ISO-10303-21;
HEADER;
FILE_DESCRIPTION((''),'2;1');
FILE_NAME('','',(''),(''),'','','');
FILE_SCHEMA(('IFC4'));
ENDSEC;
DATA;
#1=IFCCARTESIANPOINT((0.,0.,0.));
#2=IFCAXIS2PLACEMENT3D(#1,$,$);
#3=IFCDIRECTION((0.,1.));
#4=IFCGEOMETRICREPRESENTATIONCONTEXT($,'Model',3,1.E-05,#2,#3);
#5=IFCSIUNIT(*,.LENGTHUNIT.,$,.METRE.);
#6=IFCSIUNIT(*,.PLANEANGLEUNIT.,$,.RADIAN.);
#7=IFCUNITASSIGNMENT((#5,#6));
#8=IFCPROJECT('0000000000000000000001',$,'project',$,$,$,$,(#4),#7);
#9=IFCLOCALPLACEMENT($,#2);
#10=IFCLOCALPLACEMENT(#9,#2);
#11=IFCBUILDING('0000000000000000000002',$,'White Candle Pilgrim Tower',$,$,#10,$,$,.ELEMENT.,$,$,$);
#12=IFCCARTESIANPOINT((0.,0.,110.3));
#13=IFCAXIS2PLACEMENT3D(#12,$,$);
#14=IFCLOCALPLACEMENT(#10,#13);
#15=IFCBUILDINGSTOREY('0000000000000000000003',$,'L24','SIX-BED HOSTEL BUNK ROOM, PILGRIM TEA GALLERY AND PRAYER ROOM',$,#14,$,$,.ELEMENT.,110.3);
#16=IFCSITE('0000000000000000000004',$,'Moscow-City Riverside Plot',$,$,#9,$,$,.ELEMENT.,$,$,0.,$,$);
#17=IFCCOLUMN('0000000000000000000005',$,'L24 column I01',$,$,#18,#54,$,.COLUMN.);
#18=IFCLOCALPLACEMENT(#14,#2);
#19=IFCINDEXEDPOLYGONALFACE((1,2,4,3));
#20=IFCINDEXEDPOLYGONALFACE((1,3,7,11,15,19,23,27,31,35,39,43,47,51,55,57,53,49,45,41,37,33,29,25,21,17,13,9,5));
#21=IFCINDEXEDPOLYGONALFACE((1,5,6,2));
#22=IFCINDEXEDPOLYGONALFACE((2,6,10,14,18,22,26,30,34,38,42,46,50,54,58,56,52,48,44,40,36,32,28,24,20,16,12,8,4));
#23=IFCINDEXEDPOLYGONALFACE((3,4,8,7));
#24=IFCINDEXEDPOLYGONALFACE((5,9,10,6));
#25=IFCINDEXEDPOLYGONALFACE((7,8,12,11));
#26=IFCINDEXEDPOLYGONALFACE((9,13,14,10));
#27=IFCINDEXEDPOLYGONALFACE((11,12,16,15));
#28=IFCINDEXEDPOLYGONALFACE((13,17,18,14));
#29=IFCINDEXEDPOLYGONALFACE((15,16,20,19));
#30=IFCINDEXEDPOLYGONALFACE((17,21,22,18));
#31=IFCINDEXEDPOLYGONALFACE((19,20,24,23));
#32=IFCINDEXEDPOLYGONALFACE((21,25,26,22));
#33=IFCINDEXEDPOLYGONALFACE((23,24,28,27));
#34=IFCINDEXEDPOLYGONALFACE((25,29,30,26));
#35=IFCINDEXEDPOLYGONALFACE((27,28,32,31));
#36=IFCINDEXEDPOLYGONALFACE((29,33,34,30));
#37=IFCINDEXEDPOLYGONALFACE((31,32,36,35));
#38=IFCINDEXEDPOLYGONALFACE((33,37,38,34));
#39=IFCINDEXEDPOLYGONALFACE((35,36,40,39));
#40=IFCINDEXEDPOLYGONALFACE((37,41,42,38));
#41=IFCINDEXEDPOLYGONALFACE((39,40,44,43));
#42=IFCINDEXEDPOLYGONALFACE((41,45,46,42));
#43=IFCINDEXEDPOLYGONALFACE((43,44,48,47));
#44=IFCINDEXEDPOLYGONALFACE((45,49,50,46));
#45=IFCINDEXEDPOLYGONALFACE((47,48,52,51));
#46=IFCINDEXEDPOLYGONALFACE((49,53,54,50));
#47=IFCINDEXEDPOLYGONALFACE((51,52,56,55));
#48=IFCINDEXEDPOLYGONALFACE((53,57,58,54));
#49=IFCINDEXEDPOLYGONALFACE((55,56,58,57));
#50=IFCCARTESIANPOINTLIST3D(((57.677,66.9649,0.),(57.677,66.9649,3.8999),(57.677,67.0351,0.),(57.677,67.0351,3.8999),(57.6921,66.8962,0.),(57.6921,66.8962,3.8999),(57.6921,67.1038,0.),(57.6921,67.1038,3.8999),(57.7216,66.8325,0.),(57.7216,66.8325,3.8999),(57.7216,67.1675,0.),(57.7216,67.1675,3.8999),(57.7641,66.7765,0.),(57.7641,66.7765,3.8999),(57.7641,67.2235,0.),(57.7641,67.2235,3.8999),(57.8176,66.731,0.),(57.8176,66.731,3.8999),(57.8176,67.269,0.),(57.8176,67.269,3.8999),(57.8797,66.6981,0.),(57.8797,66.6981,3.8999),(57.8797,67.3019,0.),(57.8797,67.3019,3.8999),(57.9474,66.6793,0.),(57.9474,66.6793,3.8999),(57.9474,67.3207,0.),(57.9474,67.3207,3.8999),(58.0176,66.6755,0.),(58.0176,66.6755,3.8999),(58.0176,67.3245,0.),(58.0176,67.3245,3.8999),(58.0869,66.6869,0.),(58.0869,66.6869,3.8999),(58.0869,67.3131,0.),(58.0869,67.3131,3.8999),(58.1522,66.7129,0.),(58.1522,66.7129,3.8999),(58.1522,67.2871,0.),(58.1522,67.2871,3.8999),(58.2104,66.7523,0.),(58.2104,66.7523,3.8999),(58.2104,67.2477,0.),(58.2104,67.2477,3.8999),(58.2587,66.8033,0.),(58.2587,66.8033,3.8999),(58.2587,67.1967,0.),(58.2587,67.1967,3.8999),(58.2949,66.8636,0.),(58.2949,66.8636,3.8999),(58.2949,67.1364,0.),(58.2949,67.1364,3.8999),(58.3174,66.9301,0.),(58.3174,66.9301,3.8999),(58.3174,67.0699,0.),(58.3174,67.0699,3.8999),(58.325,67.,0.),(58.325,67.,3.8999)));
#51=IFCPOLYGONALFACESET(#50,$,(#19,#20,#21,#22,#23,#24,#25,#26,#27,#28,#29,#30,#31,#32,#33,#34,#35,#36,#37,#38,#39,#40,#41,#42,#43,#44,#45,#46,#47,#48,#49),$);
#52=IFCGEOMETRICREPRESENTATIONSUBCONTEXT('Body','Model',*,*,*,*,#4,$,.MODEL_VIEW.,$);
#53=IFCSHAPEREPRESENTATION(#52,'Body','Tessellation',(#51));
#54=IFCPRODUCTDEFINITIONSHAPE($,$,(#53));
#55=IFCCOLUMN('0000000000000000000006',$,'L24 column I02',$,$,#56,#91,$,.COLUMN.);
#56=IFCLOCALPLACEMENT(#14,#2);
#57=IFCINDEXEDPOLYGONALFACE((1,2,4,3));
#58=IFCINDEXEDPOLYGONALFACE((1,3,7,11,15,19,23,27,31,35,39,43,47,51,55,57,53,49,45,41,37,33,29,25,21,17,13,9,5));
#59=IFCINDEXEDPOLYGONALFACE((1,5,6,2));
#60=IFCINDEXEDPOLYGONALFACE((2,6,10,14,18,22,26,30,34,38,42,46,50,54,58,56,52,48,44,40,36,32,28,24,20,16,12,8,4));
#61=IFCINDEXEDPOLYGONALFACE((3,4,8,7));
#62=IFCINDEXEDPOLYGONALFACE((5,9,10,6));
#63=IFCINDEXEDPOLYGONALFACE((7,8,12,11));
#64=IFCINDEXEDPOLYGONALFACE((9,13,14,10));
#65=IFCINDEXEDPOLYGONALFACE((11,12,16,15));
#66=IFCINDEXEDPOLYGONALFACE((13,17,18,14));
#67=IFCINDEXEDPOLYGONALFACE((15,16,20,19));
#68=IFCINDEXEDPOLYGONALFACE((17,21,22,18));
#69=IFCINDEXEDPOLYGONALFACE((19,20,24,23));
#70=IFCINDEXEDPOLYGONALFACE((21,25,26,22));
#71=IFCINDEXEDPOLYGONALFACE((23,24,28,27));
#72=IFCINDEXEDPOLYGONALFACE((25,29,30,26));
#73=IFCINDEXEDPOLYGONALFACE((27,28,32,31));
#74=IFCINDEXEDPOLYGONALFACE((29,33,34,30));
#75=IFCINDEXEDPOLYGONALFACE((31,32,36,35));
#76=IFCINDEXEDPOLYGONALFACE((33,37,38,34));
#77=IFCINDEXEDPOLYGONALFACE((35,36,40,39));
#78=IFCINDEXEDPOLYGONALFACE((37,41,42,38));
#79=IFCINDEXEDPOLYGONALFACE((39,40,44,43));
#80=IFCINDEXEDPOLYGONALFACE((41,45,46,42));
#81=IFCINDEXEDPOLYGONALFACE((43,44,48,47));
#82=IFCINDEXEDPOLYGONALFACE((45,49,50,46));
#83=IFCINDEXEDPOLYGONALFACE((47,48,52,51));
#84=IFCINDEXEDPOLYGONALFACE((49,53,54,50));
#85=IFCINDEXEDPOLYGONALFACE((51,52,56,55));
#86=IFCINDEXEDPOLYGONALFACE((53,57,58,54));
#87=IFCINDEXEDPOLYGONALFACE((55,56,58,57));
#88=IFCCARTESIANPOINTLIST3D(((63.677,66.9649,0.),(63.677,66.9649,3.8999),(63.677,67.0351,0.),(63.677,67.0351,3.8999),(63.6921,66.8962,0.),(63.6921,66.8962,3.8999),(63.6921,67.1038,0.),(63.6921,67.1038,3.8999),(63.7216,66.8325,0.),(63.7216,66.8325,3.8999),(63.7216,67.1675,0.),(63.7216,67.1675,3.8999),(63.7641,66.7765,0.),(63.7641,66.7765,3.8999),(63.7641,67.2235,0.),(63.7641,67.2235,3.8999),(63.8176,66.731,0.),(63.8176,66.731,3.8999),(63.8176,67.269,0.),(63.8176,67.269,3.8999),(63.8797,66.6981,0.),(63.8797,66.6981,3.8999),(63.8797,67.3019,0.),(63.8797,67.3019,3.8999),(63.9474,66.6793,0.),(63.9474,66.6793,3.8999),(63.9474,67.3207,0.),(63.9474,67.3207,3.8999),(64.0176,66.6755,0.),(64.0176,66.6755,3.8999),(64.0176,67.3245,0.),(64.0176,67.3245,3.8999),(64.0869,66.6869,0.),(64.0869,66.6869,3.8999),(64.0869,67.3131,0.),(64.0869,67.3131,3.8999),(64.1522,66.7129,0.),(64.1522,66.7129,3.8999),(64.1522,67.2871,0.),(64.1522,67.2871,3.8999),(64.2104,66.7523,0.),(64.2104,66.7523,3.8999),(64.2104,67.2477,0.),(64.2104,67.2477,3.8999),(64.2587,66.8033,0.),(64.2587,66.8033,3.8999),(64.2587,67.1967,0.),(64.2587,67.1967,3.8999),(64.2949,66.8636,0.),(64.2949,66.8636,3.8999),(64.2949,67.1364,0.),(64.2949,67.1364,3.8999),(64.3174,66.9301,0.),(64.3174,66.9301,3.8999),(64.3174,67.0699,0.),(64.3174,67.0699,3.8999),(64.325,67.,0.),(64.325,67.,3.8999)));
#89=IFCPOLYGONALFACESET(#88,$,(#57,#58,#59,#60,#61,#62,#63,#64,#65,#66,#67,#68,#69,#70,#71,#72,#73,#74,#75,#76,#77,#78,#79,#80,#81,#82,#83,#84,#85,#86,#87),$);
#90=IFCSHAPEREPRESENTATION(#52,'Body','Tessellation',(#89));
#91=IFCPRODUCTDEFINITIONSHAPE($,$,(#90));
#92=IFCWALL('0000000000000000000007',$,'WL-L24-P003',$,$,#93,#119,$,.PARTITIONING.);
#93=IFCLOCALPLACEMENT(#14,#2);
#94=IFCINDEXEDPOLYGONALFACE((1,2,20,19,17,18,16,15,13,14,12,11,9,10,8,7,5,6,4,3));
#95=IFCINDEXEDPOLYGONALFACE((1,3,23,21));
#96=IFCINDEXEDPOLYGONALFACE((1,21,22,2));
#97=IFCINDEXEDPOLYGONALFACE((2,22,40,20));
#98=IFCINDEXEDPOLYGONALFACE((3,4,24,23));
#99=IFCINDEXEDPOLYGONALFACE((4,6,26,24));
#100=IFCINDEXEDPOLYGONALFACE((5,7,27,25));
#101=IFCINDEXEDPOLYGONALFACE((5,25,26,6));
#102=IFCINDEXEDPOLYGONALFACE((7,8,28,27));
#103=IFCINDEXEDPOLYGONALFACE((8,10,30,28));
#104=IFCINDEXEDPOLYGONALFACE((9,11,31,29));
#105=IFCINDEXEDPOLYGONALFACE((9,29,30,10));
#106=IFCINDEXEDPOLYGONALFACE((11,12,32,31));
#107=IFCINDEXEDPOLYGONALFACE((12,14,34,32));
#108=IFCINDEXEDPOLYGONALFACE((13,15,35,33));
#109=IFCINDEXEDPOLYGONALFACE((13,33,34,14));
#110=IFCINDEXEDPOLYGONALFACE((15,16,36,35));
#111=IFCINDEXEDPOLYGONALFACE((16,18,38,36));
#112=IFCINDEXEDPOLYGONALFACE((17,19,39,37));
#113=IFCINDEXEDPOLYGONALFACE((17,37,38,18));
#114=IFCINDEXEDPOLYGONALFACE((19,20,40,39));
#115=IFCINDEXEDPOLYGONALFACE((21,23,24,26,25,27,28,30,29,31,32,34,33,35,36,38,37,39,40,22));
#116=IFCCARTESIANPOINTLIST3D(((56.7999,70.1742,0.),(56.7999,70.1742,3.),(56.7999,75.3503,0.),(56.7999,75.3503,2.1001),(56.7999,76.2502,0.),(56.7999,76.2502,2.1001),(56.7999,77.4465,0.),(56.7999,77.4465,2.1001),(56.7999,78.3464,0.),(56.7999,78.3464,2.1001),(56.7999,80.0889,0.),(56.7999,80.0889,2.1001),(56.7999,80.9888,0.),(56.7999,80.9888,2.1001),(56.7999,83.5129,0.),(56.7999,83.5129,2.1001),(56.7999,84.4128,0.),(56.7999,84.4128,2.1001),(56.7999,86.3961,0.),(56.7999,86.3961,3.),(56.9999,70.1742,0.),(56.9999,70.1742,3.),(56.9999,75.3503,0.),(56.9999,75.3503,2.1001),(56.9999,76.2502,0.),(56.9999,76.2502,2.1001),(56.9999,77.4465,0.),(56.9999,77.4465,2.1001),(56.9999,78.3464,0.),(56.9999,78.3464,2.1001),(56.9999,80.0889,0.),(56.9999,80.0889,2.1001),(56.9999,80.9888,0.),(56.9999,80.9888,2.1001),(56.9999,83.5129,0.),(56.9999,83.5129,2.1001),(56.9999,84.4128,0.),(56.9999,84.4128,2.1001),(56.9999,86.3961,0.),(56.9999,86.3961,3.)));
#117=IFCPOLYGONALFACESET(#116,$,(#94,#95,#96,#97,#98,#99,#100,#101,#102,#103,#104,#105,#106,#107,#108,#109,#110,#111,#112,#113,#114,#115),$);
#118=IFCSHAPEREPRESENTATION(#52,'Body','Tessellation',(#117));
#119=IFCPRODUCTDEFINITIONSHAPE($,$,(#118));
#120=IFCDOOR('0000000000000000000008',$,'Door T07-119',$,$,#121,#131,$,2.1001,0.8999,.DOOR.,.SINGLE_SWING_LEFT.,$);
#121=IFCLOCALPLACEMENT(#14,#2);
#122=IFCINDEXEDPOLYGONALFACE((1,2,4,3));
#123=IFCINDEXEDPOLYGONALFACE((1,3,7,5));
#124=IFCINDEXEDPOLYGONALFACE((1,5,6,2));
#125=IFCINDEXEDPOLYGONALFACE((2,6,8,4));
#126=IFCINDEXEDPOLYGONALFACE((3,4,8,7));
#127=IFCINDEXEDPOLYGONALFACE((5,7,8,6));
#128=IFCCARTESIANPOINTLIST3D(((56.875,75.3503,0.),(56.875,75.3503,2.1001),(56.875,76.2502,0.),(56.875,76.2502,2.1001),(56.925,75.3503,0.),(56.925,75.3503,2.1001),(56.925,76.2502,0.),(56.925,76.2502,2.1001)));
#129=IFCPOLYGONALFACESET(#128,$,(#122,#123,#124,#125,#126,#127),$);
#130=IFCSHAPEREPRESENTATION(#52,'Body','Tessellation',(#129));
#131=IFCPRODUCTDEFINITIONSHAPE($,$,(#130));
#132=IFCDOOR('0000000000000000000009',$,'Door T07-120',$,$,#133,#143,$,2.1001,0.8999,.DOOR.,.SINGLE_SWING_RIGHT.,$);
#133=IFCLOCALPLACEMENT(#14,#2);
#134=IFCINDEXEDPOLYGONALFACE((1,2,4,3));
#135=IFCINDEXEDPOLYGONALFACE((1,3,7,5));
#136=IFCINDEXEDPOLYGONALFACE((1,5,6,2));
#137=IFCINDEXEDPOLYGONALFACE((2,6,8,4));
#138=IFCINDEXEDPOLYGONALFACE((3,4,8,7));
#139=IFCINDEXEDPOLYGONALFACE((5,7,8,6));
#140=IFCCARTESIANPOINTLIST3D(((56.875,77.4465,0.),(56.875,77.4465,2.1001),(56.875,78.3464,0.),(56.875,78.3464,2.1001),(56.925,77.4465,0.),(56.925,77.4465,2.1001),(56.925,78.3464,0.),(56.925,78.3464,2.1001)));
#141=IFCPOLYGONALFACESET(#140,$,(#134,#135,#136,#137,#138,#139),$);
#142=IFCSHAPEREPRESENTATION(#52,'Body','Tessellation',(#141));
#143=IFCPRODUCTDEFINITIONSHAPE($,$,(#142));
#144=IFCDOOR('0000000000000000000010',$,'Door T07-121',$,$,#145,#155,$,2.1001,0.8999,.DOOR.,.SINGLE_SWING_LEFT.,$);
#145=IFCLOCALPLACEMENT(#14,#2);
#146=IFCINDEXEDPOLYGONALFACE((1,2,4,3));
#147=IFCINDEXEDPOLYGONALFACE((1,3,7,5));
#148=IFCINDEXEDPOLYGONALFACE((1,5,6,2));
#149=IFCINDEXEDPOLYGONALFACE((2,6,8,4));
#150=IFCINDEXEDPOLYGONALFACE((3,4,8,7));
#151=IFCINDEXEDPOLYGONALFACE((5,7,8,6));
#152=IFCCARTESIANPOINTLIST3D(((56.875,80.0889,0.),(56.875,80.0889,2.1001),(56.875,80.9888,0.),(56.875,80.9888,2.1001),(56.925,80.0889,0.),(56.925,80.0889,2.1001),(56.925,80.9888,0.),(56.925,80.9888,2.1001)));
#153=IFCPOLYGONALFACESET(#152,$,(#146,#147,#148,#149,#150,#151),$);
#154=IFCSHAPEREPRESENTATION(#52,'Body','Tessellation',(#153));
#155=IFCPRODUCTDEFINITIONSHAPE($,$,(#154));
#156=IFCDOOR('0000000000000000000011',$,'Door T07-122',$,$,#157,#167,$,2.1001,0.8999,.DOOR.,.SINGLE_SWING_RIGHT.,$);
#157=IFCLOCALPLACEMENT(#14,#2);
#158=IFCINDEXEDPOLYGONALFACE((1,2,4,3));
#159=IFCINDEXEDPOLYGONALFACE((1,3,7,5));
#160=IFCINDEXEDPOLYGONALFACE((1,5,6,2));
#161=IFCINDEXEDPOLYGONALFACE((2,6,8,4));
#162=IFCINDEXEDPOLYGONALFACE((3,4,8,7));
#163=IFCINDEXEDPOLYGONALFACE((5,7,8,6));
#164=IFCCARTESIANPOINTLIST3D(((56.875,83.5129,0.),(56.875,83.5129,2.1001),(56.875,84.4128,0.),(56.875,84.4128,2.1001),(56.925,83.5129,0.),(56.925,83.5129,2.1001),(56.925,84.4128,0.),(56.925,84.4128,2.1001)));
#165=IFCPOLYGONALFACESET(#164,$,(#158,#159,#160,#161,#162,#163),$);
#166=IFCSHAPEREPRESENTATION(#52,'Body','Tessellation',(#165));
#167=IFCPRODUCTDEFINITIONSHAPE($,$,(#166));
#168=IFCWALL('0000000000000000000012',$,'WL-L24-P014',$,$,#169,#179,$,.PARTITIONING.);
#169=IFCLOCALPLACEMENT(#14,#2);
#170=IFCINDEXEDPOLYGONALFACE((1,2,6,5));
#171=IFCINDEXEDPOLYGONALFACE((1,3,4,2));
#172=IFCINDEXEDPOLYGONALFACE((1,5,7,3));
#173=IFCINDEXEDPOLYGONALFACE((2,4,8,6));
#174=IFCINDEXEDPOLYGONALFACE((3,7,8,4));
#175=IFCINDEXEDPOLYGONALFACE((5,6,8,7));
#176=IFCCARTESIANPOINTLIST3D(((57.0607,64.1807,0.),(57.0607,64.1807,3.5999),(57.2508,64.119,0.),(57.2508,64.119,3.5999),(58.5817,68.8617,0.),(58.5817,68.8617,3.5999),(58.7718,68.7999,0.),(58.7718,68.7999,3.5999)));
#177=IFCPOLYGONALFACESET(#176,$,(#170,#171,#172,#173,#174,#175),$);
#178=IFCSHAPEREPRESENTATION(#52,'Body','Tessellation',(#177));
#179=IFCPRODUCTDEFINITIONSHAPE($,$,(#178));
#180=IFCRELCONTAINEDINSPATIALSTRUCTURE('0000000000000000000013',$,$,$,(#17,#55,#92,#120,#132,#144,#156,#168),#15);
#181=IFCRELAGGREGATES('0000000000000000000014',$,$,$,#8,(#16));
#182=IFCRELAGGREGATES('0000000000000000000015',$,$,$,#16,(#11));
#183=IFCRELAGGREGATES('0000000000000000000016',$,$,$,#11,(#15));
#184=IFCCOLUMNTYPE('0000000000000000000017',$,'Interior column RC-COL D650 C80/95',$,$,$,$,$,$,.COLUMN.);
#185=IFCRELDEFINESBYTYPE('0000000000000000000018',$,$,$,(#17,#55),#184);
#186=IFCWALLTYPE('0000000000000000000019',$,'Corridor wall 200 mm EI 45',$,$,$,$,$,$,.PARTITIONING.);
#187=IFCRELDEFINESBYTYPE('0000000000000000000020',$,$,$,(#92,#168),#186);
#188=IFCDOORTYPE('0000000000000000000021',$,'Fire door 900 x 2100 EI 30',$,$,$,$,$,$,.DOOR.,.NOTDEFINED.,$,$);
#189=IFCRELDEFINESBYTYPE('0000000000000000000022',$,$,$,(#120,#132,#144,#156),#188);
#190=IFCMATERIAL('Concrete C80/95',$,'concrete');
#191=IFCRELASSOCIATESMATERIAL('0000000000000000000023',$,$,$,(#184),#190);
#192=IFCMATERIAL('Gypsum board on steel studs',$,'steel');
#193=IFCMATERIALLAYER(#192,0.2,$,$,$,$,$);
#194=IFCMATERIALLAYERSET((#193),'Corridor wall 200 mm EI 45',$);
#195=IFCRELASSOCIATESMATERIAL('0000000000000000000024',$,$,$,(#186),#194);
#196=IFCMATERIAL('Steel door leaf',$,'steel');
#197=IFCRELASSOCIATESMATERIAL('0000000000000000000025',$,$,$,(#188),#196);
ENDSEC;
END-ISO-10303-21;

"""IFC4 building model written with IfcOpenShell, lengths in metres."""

from ifc_helpers import new_model, si_unit, direction, frame, frame_2d, origin, origin_2d, place, context, subcontext, project, spatial, rectangle, circle, extrude, material, layer, layer_set, material_profile, profile_set, type_object, element, fill, save


model = new_model("IFC4")

# Units and contexts
model_context = context("Model", 3, precision=1e-05, world=origin(), true_north=direction((0.0, 1.0)))
body_context = subcontext(model_context, "Body", "Model", "MODEL_VIEW")
ifc_project = project(units=[si_unit("LENGTHUNIT", "METRE"), si_unit("PLANEANGLEUNIT", "RADIAN")], contexts=[model_context])

# Site, building, storey
site_placement = place(None, origin())
site = spatial("IfcSite", under=ifc_project, at=site_placement, Name="Moscow-City Riverside Plot", CompositionType="ELEMENT", RefElevation=0.0)
building_placement = place(site_placement, origin())
building = spatial("IfcBuilding", under=site, at=building_placement, Name="White Candle Pilgrim Tower", CompositionType="ELEMENT")
storey_placement = place(building_placement, frame((0.0, 0.0, 110.3)))
storey = spatial("IfcBuildingStorey", under=building, at=storey_placement, Name="L24", Description="SIX-BED HOSTEL BUNK ROOM, PILGRIM TEA GALLERY AND PRAYER ROOM", CompositionType="ELEMENT", Elevation=110.3)

# Columns
ifc_material_1 = material(Name="Concrete C80/95", Category="concrete")
ifc_material_profile = material_profile(ifc_material_1, circle(Radius=0.325, at=origin_2d()), Name="RC-COL D650")
ifc_profile_set = profile_set([ifc_material_profile], Name="Concrete C80/95")
column_type = type_object("IfcColumnType", Name="Interior column RC-COL D650 C80/95", PredefinedType="COLUMN", material=ifc_profile_set)
for number, where, z_axis, x_axis, name in (
    (1, (58.0, 67.0, 0.0), (0.0, 0.0, 1.0), (1.0, 0.0, 0.0), "L24 column I01"),
    (2, (64.0, 67.0, 0.0), (0.0, 0.0, 1.0), (1.0, 0.0, 0.0), "L24 column I02"),
):
    element("IfcColumn", number, at=place(storey_placement, frame(where, z_axis=z_axis, x_axis=x_axis)), inside=storey, type_object=column_type, Name=name, PredefinedType="COLUMN", context=body_context, shape_type="SweptSolid", body=[
        extrude(circle(Radius=0.325, at=origin_2d()), origin(), (0.0, 0.0, 1.0), 3.8999),
    ])

# Wall, openings, doors
ifc_material_2 = material(Name="Gypsum board on steel studs", Category="steel")
ifc_layer_1 = layer(ifc_material_2, 0.2)
ifc_layer_set_1 = layer_set([ifc_layer_1], Name="Corridor wall 200 mm EI 45")
wall_type_1 = type_object("IfcWallType", Name="Corridor wall 200 mm EI 45", PredefinedType="PARTITIONING", material=ifc_layer_set_1)
wall_1_placement = place(storey_placement, frame((56.8999, 70.1743, 0.0), z_axis=(0.0, 0.0, 1.0), x_axis=(0.0, 1.0, 0.0)))
wall_1 = element("IfcWall", 3, at=wall_1_placement, inside=storey, type_object=wall_type_1, Name="WL-L24-P003", PredefinedType="PARTITIONING", context=body_context, shape_type="SweptSolid", body=[
    extrude(rectangle(XDim=16.2219, YDim=0.2, at=frame_2d((8.1108, 0.0))), origin(), (0.0, 0.0, 1.0), 3.0),
])
opening_1_placement = place(wall_1_placement, frame((5.176, 0.0, 0.0)))
opening_1 = element("IfcOpeningElement", 4, at=opening_1_placement, cuts=wall_1, PredefinedType="OPENING", context=body_context, shape_type="SweptSolid", body=[
    extrude(rectangle(XDim=0.8999, YDim=2.1001, at=frame_2d((0.45, 1.05))), frame((0.0, 0.1099, 0.0), z_axis=(0.0, -1.0, 0.0), x_axis=(1.0, 0.0, 0.0)), (0.0, 0.0, 1.0), 0.22),
])
opening_2_placement = place(wall_1_placement, frame((7.2722, 0.0, 0.0)))
opening_2 = element("IfcOpeningElement", 5, at=opening_2_placement, cuts=wall_1, PredefinedType="OPENING", context=body_context, shape_type="SweptSolid", body=[
    extrude(rectangle(XDim=0.8999, YDim=2.1001, at=frame_2d((0.45, 1.05))), frame((0.0, 0.1099, 0.0), z_axis=(0.0, -1.0, 0.0), x_axis=(1.0, 0.0, 0.0)), (0.0, 0.0, 1.0), 0.22),
])
opening_3_placement = place(wall_1_placement, frame((9.9146, 0.0, 0.0)))
opening_3 = element("IfcOpeningElement", 6, at=opening_3_placement, cuts=wall_1, PredefinedType="OPENING", context=body_context, shape_type="SweptSolid", body=[
    extrude(rectangle(XDim=0.8999, YDim=2.1001, at=frame_2d((0.45, 1.05))), frame((0.0, 0.1099, 0.0), z_axis=(0.0, -1.0, 0.0), x_axis=(1.0, 0.0, 0.0)), (0.0, 0.0, 1.0), 0.22),
])
opening_4_placement = place(wall_1_placement, frame((13.3386, 0.0, 0.0)))
opening_4 = element("IfcOpeningElement", 7, at=opening_4_placement, cuts=wall_1, PredefinedType="OPENING", context=body_context, shape_type="SweptSolid", body=[
    extrude(rectangle(XDim=0.8999, YDim=2.1001, at=frame_2d((0.45, 1.05))), frame((0.0, 0.1099, 0.0), z_axis=(0.0, -1.0, 0.0), x_axis=(1.0, 0.0, 0.0)), (0.0, 0.0, 1.0), 0.22),
])
ifc_material_3 = material(Name="Steel door leaf", Category="steel")
door_type_1 = type_object("IfcDoorType", Name="Fire door 900 x 2100 EI 30", OperationType="NOTDEFINED", PredefinedType="DOOR", material=ifc_material_3)
door_1_placement = place(opening_1_placement, origin())
door_1 = element("IfcDoor", 8, at=door_1_placement, inside=storey, type_object=door_type_1, Name="Door T07-119", OperationType="SINGLE_SWING_LEFT", OverallHeight=2.1001, OverallWidth=0.8999, PredefinedType="DOOR", context=body_context, shape_type="SweptSolid", body=[
    extrude(rectangle(XDim=0.8999, YDim=2.1001, at=frame_2d((0.45, 1.05))), frame((0.0, 0.0249, 0.0), z_axis=(0.0, -1.0, 0.0), x_axis=(1.0, 0.0, 0.0)), (0.0, 0.0, 1.0), 0.05),
])
fill(opening_1, door_1)
door_2_placement = place(opening_2_placement, origin())
door_2 = element("IfcDoor", 9, at=door_2_placement, inside=storey, type_object=door_type_1, Name="Door T07-120", OperationType="SINGLE_SWING_RIGHT", OverallHeight=2.1001, OverallWidth=0.8999, PredefinedType="DOOR", context=body_context, shape_type="SweptSolid", body=[
    extrude(rectangle(XDim=0.8999, YDim=2.1001, at=frame_2d((0.45, 1.05))), frame((0.0, 0.0249, 0.0), z_axis=(0.0, -1.0, 0.0), x_axis=(1.0, 0.0, 0.0)), (0.0, 0.0, 1.0), 0.05),
])
fill(opening_2, door_2)
door_3_placement = place(opening_3_placement, origin())
door_3 = element("IfcDoor", 10, at=door_3_placement, inside=storey, type_object=door_type_1, Name="Door T07-121", OperationType="SINGLE_SWING_LEFT", OverallHeight=2.1001, OverallWidth=0.8999, PredefinedType="DOOR", context=body_context, shape_type="SweptSolid", body=[
    extrude(rectangle(XDim=0.8999, YDim=2.1001, at=frame_2d((0.45, 1.05))), frame((0.0, 0.0249, 0.0), z_axis=(0.0, -1.0, 0.0), x_axis=(1.0, 0.0, 0.0)), (0.0, 0.0, 1.0), 0.05),
])
fill(opening_3, door_3)
door_4_placement = place(opening_4_placement, origin())
door_4 = element("IfcDoor", 11, at=door_4_placement, inside=storey, type_object=door_type_1, Name="Door T07-122", OperationType="SINGLE_SWING_RIGHT", OverallHeight=2.1001, OverallWidth=0.8999, PredefinedType="DOOR", context=body_context, shape_type="SweptSolid", body=[
    extrude(rectangle(XDim=0.8999, YDim=2.1001, at=frame_2d((0.45, 1.05))), frame((0.0, 0.0249, 0.0), z_axis=(0.0, -1.0, 0.0), x_axis=(1.0, 0.0, 0.0)), (0.0, 0.0, 1.0), 0.05),
])
fill(opening_4, door_4)

# Wall
wall_2_placement = place(storey_placement, frame((58.6768, 68.8308, 0.0), z_axis=(0.0, 0.0, 1.0), x_axis=(-0.309031, -0.951052, 0.0)))
element("IfcWall", 12, at=wall_2_placement, inside=storey, type_object=wall_type_1, Name="WL-L24-P014", PredefinedType="PARTITIONING", context=body_context, shape_type="SweptSolid", body=[
    extrude(rectangle(XDim=4.9219, YDim=0.2, at=frame_2d((2.4609, 0.0))), origin(), (0.0, 0.0, 1.0), 3.5999),
])

save(model, "model.ifc")
